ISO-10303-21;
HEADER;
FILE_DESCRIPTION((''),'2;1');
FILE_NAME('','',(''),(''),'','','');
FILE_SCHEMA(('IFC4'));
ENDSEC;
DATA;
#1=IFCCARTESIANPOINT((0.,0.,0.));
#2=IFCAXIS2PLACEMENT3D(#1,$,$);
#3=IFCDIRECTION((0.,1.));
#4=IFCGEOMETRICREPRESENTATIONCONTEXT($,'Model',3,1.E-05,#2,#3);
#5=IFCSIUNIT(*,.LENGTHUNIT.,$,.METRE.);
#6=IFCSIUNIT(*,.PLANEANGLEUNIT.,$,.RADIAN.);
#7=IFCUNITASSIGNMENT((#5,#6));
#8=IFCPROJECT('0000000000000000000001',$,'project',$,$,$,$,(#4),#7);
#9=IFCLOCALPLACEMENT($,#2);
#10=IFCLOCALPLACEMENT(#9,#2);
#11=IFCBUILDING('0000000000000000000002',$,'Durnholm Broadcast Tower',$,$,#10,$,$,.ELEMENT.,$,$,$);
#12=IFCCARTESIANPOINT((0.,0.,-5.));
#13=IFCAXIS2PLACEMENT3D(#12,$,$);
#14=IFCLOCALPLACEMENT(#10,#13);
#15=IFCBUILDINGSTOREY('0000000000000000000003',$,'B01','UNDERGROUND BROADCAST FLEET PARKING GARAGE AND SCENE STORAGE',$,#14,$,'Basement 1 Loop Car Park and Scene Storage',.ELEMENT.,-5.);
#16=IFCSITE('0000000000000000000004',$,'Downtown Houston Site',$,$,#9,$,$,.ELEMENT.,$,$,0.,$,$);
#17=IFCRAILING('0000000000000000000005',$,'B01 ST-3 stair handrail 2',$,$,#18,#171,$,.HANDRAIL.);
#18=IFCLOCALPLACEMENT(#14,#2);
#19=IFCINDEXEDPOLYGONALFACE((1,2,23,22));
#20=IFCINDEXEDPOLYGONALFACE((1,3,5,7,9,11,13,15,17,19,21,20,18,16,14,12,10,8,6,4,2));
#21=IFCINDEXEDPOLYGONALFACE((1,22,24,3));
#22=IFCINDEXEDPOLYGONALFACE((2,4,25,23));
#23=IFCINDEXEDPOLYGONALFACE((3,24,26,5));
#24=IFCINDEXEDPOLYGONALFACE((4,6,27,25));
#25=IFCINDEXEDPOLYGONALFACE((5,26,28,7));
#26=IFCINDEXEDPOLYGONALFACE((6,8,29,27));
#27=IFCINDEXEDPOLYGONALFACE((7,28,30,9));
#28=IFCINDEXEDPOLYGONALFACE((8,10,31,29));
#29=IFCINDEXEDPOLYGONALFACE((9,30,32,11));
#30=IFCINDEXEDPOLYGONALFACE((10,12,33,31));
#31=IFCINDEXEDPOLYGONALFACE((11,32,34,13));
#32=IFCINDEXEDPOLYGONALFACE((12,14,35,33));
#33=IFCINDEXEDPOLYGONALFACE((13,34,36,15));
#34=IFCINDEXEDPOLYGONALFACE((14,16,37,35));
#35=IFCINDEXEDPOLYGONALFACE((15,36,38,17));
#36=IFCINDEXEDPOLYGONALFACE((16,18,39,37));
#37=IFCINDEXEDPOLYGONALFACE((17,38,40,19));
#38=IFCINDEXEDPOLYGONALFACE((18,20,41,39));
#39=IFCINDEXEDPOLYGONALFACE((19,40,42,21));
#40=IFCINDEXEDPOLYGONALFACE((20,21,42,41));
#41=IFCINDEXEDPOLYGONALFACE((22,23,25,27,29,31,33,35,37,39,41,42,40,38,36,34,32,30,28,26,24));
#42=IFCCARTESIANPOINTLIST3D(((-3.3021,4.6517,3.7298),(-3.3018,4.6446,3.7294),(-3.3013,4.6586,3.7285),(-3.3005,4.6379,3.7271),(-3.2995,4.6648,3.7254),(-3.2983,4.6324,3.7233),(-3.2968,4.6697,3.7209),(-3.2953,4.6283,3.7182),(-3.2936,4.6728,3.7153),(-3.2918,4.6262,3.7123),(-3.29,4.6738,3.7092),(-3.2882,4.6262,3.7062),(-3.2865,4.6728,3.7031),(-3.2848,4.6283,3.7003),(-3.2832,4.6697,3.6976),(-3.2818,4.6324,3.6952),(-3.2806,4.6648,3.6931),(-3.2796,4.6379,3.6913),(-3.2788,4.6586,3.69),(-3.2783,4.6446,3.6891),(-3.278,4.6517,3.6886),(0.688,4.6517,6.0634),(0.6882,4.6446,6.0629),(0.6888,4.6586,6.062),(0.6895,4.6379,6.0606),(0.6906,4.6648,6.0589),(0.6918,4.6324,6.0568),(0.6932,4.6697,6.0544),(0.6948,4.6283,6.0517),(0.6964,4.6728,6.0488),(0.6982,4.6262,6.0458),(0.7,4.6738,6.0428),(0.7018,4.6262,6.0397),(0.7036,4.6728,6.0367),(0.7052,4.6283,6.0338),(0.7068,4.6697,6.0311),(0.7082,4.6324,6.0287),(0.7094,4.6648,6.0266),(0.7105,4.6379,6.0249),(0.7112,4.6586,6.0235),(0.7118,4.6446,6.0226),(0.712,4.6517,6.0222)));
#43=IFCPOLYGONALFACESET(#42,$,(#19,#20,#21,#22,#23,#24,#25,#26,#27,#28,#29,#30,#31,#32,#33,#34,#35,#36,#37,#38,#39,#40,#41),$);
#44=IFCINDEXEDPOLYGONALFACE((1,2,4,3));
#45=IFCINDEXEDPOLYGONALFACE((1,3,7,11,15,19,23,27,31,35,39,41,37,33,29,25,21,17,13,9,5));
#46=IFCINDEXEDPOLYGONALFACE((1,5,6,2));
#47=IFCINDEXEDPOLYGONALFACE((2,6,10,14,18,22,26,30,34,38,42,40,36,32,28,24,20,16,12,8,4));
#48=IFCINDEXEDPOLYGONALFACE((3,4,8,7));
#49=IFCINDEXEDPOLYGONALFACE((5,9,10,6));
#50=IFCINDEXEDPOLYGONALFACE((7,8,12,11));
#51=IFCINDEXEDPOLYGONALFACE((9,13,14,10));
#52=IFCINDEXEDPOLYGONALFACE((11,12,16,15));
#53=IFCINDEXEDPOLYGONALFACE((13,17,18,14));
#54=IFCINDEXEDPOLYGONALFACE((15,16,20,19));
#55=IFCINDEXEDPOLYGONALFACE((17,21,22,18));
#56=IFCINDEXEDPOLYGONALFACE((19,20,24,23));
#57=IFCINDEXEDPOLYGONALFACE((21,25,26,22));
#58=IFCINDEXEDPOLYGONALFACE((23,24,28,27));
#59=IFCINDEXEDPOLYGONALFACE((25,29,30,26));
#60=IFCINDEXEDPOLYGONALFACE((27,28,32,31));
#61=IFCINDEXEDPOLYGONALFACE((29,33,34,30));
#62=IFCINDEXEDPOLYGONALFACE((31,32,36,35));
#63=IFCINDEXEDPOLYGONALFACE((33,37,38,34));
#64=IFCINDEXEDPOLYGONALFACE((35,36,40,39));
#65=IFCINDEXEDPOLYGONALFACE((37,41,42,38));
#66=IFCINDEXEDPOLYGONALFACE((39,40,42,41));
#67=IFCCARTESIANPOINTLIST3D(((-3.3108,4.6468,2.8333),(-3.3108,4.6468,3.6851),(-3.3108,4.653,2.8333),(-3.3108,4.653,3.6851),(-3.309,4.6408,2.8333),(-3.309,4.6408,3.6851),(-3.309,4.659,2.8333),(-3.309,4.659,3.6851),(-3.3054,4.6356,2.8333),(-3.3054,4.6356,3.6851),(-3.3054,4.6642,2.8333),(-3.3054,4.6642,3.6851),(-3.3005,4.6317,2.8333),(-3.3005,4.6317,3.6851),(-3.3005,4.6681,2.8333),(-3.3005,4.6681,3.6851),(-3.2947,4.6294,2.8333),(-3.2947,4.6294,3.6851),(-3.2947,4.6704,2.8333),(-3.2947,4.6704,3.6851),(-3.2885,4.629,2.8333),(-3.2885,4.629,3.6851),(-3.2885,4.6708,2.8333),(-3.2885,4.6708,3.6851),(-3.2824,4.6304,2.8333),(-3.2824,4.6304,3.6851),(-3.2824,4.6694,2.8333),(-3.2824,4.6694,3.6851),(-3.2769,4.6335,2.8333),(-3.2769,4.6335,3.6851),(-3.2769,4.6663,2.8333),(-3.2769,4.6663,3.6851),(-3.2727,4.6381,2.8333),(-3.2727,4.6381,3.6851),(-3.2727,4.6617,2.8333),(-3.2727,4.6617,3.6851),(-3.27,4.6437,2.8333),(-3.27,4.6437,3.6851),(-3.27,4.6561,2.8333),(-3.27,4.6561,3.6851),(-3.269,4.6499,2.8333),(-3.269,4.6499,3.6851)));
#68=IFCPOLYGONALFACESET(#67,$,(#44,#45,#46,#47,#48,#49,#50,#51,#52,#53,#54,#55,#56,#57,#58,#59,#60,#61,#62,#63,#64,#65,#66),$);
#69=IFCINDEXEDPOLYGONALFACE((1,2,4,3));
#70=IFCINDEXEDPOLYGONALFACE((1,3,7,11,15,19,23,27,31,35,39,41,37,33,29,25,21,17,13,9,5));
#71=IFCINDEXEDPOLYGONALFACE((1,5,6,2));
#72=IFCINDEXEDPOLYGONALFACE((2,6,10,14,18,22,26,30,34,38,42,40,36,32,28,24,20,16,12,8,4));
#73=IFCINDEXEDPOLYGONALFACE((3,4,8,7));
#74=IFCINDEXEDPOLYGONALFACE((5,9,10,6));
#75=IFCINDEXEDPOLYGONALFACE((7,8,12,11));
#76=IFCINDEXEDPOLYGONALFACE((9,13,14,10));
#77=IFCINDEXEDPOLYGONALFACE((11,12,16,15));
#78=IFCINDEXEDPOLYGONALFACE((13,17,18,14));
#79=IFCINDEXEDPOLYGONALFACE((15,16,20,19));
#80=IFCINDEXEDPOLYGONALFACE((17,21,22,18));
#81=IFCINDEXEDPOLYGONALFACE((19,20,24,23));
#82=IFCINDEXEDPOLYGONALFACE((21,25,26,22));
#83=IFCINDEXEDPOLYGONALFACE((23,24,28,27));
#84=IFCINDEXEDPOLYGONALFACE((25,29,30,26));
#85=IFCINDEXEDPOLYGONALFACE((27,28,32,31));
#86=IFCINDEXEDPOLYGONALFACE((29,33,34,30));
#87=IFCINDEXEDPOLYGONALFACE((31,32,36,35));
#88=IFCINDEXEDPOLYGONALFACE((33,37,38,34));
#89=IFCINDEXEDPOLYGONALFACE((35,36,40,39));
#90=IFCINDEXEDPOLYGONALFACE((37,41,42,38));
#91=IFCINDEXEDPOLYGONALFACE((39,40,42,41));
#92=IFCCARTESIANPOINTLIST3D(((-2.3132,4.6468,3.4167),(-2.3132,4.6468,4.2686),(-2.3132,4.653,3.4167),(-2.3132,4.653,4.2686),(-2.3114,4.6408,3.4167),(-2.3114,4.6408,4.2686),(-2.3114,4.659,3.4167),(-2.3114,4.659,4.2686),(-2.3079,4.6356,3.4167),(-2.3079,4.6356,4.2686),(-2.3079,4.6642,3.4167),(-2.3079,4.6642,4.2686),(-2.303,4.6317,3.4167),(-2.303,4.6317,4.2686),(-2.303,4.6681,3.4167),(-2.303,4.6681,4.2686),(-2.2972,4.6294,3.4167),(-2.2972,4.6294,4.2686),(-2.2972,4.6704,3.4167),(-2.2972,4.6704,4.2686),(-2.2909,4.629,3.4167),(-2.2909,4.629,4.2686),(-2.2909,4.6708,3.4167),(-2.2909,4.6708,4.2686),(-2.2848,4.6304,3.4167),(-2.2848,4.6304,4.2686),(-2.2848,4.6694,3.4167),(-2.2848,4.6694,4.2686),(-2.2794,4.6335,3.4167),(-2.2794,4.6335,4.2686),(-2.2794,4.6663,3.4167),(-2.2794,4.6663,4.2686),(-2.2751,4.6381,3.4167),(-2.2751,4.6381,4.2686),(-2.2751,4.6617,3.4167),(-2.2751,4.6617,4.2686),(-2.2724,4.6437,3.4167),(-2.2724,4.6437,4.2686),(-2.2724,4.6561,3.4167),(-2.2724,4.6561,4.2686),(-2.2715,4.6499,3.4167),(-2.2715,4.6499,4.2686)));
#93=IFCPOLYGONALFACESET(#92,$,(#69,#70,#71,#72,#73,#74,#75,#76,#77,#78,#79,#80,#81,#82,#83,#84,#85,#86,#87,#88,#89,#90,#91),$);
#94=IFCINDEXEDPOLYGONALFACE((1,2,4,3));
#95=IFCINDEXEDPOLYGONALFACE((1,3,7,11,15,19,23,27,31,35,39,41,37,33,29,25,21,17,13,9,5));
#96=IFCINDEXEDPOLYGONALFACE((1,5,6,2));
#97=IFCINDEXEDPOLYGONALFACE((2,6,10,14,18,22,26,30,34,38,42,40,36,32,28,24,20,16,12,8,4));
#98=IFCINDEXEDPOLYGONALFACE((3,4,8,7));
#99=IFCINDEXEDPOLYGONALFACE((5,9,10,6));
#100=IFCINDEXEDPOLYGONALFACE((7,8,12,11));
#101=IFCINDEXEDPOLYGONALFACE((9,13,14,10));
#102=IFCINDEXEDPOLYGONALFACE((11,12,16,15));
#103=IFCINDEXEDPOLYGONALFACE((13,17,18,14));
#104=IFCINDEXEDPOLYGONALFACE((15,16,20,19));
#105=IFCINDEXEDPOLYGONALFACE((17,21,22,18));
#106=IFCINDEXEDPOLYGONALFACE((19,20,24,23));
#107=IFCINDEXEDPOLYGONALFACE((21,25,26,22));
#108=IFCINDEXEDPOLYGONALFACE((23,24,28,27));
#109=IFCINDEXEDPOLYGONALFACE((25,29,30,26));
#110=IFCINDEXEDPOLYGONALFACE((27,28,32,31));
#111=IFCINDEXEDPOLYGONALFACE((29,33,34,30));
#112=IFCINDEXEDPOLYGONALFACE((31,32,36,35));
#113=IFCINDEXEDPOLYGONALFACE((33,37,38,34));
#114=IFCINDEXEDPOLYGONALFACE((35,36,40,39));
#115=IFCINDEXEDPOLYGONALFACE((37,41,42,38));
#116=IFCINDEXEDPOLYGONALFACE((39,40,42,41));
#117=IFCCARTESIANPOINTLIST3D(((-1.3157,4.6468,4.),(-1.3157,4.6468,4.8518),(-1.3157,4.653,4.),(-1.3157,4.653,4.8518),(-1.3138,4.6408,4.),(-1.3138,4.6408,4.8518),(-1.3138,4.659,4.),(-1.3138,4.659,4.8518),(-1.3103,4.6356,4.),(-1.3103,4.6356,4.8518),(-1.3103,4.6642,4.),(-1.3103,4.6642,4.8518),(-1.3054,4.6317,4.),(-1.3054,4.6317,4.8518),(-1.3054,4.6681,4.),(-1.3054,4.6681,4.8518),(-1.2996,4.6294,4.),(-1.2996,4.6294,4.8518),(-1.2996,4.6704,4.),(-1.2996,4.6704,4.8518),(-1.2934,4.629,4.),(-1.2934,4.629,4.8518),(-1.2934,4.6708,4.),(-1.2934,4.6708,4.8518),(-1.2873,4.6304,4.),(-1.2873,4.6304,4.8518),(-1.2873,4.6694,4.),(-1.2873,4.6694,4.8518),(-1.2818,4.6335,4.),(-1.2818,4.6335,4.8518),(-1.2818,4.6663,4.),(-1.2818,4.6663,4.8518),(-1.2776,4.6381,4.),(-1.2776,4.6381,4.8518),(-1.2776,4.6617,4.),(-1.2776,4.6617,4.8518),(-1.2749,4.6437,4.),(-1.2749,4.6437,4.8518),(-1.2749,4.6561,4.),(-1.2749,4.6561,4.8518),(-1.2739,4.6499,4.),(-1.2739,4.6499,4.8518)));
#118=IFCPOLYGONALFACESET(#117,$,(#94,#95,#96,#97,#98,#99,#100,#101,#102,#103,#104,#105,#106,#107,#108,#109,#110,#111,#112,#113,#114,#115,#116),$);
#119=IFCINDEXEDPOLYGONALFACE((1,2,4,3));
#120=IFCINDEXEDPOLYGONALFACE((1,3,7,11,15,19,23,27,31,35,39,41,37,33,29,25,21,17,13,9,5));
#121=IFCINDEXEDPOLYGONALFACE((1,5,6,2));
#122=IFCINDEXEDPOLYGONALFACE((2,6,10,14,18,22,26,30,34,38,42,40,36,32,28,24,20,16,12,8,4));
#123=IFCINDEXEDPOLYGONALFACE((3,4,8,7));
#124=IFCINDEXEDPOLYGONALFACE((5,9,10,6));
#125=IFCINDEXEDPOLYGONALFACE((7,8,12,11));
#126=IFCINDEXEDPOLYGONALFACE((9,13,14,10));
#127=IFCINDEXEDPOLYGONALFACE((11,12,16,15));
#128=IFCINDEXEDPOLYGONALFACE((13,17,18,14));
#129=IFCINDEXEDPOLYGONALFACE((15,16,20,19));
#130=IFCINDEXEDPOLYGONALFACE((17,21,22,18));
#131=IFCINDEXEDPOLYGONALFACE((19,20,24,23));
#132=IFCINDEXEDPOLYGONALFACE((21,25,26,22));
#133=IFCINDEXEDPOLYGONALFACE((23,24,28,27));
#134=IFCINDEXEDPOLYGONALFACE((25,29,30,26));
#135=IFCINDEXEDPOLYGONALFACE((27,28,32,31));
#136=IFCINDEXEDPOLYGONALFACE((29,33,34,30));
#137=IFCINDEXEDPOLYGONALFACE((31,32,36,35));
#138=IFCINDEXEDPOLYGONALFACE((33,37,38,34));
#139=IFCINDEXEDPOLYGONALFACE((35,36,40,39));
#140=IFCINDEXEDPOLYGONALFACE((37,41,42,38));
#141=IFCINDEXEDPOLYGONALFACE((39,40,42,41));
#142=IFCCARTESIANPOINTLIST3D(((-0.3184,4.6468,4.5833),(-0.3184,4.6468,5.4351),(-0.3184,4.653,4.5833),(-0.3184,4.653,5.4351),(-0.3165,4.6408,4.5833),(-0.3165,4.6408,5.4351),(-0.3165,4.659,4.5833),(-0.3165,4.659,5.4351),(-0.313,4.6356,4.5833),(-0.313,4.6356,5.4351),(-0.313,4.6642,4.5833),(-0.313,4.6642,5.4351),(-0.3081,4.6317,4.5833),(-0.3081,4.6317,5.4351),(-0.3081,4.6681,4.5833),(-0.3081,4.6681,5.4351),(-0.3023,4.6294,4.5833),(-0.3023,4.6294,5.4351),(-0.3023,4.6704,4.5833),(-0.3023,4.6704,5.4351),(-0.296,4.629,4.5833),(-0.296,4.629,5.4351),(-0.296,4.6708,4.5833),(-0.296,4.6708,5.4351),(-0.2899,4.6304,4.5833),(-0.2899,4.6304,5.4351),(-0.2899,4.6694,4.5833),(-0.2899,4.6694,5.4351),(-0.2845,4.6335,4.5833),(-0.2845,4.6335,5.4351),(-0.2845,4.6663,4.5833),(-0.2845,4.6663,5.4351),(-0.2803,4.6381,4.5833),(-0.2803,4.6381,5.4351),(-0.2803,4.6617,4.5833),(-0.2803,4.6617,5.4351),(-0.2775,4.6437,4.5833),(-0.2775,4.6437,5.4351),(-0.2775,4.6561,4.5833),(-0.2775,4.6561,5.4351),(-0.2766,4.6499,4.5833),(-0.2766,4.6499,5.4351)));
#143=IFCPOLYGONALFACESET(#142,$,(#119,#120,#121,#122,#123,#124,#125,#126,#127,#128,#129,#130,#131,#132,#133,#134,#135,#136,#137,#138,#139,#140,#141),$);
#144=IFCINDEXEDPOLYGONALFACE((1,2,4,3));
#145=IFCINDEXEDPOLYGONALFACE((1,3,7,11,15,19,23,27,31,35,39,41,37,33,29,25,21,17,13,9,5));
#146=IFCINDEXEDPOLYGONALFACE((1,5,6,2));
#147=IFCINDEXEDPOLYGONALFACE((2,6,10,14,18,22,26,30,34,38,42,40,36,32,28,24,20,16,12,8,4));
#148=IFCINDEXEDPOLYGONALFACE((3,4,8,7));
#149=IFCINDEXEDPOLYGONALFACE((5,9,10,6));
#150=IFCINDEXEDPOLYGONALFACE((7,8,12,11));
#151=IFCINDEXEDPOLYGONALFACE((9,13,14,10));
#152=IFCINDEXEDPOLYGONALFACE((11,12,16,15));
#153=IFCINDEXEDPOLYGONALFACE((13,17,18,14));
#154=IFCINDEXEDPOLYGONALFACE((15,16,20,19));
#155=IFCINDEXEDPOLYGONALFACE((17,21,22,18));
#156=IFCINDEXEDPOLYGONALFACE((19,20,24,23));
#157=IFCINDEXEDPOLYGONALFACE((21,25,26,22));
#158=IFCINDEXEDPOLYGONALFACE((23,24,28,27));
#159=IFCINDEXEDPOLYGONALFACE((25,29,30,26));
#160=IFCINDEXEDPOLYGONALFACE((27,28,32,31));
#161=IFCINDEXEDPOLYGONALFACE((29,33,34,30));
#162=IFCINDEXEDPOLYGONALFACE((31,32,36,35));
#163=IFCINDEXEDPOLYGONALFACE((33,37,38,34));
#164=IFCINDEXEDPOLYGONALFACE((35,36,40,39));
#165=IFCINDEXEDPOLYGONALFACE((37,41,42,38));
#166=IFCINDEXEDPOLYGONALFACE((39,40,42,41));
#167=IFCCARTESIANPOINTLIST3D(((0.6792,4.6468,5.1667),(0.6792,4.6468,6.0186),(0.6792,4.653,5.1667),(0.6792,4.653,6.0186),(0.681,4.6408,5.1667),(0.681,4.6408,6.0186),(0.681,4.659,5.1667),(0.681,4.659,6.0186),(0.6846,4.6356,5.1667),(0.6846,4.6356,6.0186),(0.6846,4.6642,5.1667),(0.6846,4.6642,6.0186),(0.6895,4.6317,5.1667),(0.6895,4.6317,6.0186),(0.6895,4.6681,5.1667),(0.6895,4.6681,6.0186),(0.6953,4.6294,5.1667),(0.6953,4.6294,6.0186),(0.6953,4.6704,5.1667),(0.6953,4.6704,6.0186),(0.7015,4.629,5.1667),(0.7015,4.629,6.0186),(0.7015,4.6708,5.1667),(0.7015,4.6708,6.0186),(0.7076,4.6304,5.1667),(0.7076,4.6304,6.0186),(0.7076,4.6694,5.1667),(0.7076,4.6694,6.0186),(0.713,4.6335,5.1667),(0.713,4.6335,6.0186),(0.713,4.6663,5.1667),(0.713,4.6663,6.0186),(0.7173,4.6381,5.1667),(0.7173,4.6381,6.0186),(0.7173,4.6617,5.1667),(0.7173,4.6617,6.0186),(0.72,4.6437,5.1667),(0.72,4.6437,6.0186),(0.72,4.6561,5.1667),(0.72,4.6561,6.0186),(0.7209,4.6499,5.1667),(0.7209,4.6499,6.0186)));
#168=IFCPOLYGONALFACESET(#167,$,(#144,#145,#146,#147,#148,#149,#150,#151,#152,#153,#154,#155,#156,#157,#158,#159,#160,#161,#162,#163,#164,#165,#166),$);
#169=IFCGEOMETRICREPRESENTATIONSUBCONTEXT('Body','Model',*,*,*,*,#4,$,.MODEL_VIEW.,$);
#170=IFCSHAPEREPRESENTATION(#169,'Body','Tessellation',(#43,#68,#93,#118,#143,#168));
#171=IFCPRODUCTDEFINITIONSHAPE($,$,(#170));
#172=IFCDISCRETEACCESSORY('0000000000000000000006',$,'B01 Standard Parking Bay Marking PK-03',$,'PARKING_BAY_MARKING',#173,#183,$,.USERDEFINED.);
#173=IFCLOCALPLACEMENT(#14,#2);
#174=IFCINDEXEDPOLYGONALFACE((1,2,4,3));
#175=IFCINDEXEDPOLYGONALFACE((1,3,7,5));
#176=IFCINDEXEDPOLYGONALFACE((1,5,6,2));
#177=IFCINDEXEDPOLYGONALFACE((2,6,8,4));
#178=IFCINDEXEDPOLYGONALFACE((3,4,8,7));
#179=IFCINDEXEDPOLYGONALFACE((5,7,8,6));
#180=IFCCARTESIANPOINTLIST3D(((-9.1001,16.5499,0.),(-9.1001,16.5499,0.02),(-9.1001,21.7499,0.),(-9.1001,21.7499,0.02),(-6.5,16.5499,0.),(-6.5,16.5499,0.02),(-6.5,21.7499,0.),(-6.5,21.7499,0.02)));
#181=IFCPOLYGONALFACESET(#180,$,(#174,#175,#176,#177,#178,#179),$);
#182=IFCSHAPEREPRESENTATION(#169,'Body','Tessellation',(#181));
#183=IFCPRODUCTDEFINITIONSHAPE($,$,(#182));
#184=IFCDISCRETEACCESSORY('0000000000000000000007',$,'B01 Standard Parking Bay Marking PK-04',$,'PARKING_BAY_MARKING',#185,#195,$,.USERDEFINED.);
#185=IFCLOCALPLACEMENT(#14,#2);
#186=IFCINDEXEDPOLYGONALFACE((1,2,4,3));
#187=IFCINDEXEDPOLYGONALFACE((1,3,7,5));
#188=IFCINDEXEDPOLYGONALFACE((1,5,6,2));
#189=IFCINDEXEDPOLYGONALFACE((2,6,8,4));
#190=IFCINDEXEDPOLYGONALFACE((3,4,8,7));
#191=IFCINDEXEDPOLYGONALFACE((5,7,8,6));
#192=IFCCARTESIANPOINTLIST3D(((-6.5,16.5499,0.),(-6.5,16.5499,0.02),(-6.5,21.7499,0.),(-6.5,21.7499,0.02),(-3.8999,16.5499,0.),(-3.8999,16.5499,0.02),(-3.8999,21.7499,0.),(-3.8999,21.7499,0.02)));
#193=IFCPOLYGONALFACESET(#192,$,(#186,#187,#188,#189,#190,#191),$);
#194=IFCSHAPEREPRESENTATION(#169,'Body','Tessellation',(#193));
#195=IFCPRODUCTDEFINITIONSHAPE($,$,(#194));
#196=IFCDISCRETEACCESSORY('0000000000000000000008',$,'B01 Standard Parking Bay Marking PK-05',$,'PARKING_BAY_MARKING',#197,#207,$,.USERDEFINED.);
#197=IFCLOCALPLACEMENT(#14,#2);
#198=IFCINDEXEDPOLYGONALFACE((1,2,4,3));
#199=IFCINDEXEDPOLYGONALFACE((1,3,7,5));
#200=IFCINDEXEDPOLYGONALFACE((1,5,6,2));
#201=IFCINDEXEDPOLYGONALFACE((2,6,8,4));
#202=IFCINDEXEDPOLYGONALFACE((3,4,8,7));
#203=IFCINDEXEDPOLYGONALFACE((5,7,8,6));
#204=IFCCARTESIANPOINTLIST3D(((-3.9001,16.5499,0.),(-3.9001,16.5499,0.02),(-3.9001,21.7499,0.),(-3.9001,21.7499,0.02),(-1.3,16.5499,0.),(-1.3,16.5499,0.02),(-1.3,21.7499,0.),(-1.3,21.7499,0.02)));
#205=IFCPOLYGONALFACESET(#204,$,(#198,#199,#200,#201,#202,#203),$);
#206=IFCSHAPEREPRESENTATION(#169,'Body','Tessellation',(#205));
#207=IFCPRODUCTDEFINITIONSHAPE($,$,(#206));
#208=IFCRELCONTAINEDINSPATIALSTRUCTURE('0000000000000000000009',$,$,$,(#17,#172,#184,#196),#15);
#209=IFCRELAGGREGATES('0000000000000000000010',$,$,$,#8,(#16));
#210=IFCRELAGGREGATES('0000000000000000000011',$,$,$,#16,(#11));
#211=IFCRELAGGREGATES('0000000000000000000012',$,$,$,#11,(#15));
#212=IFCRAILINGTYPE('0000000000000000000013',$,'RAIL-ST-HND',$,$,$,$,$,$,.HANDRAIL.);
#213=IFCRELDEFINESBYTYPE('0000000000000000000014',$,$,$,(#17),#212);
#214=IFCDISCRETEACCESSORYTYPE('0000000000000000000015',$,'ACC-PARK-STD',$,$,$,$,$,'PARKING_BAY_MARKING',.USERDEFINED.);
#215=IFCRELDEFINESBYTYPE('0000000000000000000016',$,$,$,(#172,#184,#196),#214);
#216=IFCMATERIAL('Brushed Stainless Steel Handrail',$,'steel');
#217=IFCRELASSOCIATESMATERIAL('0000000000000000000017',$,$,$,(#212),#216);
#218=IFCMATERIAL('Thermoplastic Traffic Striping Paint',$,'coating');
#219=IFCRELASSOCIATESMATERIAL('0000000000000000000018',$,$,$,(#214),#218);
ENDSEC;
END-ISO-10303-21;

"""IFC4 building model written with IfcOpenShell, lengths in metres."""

from ifc_helpers import new_model, si_unit, direction, frame, origin, origin_2d, place, context, subcontext, project, spatial, rectangle, circle, extrude, source, transform, mapped, material, type_object, type_shapes, element, save


model = new_model("IFC4")

# Units and contexts
model_context = context("Model", 3, precision=1e-05, world=origin(), true_north=direction((0.0, 1.0)))
body_context = subcontext(model_context, "Body", "Model", "MODEL_VIEW")
ifc_project = project(units=[si_unit("LENGTHUNIT", "METRE"), si_unit("PLANEANGLEUNIT", "RADIAN")], contexts=[model_context])

# Site, building, storey
site_placement = place(None, origin())
site = spatial("IfcSite", under=ifc_project, at=site_placement, Name="Downtown Houston Site", CompositionType="ELEMENT", RefElevation=0.0)
building_placement = place(site_placement, origin())
building = spatial("IfcBuilding", under=site, at=building_placement, Name="Durnholm Broadcast Tower", CompositionType="ELEMENT")
storey_placement = place(building_placement, frame((0.0, 0.0, -5.0)))
storey = spatial("IfcBuildingStorey", under=building, at=storey_placement, Name="B01", Description="UNDERGROUND BROADCAST FLEET PARKING GARAGE AND SCENE STORAGE", LongName="Basement 1 Loop Car Park and Scene Storage", CompositionType="ELEMENT", Elevation=-5.0)

# Railing
ifc_material_1 = material(Name="Brushed Stainless Steel Handrail", Category="steel")
railing_type_1 = type_object("IfcRailingType", Name="RAIL-ST-HND", PredefinedType="HANDRAIL", material=ifc_material_1)
railing_1_placement = place(storey_placement, frame((-3.29, 4.6499, 2.8333)))
element("IfcRailing", 1, at=railing_1_placement, inside=storey, type_object=railing_type_1, Name="B01 ST-3 stair handrail 2", PredefinedType="HANDRAIL", context=body_context, shape_type="SweptSolid", body=[
    extrude(circle(Radius=0.0239, at=origin_2d()), frame((0.0, 0.0, 0.876), z_axis=(0.863213, 0.0, 0.50484), x_axis=(0.0, 1.0, 0.0)), (0.0, 0.0, 1.0), 4.6223),
    extrude(circle(Radius=0.021, at=origin_2d()), origin(), (0.0, 0.0, 1.0), 0.8518),
    extrude(circle(Radius=0.021, at=origin_2d()), frame((0.9976, 0.0, 0.5835)), (0.0, 0.0, 1.0), 0.8518),
    extrude(circle(Radius=0.021, at=origin_2d()), frame((1.9951, 0.0, 1.1667)), (0.0, 0.0, 1.0), 0.8518),
    extrude(circle(Radius=0.021, at=origin_2d()), frame((2.9924, 0.0, 1.75)), (0.0, 0.0, 1.0), 0.8518),
    extrude(circle(Radius=0.021, at=origin_2d()), frame((3.99, 0.0, 2.3335)), (0.0, 0.0, 1.0), 0.8518),
])

# Discrete accessories
ifc_material_2 = material(Name="Thermoplastic Traffic Striping Paint", Category="coating")
discrete_accessory_type = type_object("IfcDiscreteAccessoryType", Name="ACC-PARK-STD", ElementType="PARKING_BAY_MARKING", PredefinedType="USERDEFINED", material=ifc_material_2)
shared_shape_1 = source(origin(), body_context, "Body", "SweptSolid", [
    extrude(rectangle(XDim=2.6001, YDim=5.2, at=origin_2d()), origin(), (0.0, 0.0, 1.0), 0.02),
])
type_shapes(discrete_accessory_type, [shared_shape_1])
for number, where, z_axis, x_axis, name in (
    (2, (-7.8, 19.1499, 0.0), (0.0, 0.0, 1.0), (1.0, 0.0, 0.0), "B01 Standard Parking Bay Marking PK-03"),
    (3, (-5.2, 19.1499, 0.0), (0.0, 0.0, 1.0), (1.0, 0.0, 0.0), "B01 Standard Parking Bay Marking PK-04"),
    (4, (-2.6001, 19.1499, 0.0), (0.0, 0.0, 1.0), (1.0, 0.0, 0.0), "B01 Standard Parking Bay Marking PK-05"),
):
    element("IfcDiscreteAccessory", number, at=place(storey_placement, frame(where, z_axis=z_axis, x_axis=x_axis)), inside=storey, type_object=discrete_accessory_type, Name=name, ObjectType="PARKING_BAY_MARKING", PredefinedType="USERDEFINED", context=body_context, shape_type="MappedRepresentation", body=[
        mapped(shared_shape_1, transform((0.0, 0.0, 0.0), x_axis=(1.0, 0.0, 0.0), y_axis=(0.0, 1.0, 0.0), z_axis=(0.0, 0.0, 1.0), scale=1.0)),
    ])

save(model, "model.ifc")
